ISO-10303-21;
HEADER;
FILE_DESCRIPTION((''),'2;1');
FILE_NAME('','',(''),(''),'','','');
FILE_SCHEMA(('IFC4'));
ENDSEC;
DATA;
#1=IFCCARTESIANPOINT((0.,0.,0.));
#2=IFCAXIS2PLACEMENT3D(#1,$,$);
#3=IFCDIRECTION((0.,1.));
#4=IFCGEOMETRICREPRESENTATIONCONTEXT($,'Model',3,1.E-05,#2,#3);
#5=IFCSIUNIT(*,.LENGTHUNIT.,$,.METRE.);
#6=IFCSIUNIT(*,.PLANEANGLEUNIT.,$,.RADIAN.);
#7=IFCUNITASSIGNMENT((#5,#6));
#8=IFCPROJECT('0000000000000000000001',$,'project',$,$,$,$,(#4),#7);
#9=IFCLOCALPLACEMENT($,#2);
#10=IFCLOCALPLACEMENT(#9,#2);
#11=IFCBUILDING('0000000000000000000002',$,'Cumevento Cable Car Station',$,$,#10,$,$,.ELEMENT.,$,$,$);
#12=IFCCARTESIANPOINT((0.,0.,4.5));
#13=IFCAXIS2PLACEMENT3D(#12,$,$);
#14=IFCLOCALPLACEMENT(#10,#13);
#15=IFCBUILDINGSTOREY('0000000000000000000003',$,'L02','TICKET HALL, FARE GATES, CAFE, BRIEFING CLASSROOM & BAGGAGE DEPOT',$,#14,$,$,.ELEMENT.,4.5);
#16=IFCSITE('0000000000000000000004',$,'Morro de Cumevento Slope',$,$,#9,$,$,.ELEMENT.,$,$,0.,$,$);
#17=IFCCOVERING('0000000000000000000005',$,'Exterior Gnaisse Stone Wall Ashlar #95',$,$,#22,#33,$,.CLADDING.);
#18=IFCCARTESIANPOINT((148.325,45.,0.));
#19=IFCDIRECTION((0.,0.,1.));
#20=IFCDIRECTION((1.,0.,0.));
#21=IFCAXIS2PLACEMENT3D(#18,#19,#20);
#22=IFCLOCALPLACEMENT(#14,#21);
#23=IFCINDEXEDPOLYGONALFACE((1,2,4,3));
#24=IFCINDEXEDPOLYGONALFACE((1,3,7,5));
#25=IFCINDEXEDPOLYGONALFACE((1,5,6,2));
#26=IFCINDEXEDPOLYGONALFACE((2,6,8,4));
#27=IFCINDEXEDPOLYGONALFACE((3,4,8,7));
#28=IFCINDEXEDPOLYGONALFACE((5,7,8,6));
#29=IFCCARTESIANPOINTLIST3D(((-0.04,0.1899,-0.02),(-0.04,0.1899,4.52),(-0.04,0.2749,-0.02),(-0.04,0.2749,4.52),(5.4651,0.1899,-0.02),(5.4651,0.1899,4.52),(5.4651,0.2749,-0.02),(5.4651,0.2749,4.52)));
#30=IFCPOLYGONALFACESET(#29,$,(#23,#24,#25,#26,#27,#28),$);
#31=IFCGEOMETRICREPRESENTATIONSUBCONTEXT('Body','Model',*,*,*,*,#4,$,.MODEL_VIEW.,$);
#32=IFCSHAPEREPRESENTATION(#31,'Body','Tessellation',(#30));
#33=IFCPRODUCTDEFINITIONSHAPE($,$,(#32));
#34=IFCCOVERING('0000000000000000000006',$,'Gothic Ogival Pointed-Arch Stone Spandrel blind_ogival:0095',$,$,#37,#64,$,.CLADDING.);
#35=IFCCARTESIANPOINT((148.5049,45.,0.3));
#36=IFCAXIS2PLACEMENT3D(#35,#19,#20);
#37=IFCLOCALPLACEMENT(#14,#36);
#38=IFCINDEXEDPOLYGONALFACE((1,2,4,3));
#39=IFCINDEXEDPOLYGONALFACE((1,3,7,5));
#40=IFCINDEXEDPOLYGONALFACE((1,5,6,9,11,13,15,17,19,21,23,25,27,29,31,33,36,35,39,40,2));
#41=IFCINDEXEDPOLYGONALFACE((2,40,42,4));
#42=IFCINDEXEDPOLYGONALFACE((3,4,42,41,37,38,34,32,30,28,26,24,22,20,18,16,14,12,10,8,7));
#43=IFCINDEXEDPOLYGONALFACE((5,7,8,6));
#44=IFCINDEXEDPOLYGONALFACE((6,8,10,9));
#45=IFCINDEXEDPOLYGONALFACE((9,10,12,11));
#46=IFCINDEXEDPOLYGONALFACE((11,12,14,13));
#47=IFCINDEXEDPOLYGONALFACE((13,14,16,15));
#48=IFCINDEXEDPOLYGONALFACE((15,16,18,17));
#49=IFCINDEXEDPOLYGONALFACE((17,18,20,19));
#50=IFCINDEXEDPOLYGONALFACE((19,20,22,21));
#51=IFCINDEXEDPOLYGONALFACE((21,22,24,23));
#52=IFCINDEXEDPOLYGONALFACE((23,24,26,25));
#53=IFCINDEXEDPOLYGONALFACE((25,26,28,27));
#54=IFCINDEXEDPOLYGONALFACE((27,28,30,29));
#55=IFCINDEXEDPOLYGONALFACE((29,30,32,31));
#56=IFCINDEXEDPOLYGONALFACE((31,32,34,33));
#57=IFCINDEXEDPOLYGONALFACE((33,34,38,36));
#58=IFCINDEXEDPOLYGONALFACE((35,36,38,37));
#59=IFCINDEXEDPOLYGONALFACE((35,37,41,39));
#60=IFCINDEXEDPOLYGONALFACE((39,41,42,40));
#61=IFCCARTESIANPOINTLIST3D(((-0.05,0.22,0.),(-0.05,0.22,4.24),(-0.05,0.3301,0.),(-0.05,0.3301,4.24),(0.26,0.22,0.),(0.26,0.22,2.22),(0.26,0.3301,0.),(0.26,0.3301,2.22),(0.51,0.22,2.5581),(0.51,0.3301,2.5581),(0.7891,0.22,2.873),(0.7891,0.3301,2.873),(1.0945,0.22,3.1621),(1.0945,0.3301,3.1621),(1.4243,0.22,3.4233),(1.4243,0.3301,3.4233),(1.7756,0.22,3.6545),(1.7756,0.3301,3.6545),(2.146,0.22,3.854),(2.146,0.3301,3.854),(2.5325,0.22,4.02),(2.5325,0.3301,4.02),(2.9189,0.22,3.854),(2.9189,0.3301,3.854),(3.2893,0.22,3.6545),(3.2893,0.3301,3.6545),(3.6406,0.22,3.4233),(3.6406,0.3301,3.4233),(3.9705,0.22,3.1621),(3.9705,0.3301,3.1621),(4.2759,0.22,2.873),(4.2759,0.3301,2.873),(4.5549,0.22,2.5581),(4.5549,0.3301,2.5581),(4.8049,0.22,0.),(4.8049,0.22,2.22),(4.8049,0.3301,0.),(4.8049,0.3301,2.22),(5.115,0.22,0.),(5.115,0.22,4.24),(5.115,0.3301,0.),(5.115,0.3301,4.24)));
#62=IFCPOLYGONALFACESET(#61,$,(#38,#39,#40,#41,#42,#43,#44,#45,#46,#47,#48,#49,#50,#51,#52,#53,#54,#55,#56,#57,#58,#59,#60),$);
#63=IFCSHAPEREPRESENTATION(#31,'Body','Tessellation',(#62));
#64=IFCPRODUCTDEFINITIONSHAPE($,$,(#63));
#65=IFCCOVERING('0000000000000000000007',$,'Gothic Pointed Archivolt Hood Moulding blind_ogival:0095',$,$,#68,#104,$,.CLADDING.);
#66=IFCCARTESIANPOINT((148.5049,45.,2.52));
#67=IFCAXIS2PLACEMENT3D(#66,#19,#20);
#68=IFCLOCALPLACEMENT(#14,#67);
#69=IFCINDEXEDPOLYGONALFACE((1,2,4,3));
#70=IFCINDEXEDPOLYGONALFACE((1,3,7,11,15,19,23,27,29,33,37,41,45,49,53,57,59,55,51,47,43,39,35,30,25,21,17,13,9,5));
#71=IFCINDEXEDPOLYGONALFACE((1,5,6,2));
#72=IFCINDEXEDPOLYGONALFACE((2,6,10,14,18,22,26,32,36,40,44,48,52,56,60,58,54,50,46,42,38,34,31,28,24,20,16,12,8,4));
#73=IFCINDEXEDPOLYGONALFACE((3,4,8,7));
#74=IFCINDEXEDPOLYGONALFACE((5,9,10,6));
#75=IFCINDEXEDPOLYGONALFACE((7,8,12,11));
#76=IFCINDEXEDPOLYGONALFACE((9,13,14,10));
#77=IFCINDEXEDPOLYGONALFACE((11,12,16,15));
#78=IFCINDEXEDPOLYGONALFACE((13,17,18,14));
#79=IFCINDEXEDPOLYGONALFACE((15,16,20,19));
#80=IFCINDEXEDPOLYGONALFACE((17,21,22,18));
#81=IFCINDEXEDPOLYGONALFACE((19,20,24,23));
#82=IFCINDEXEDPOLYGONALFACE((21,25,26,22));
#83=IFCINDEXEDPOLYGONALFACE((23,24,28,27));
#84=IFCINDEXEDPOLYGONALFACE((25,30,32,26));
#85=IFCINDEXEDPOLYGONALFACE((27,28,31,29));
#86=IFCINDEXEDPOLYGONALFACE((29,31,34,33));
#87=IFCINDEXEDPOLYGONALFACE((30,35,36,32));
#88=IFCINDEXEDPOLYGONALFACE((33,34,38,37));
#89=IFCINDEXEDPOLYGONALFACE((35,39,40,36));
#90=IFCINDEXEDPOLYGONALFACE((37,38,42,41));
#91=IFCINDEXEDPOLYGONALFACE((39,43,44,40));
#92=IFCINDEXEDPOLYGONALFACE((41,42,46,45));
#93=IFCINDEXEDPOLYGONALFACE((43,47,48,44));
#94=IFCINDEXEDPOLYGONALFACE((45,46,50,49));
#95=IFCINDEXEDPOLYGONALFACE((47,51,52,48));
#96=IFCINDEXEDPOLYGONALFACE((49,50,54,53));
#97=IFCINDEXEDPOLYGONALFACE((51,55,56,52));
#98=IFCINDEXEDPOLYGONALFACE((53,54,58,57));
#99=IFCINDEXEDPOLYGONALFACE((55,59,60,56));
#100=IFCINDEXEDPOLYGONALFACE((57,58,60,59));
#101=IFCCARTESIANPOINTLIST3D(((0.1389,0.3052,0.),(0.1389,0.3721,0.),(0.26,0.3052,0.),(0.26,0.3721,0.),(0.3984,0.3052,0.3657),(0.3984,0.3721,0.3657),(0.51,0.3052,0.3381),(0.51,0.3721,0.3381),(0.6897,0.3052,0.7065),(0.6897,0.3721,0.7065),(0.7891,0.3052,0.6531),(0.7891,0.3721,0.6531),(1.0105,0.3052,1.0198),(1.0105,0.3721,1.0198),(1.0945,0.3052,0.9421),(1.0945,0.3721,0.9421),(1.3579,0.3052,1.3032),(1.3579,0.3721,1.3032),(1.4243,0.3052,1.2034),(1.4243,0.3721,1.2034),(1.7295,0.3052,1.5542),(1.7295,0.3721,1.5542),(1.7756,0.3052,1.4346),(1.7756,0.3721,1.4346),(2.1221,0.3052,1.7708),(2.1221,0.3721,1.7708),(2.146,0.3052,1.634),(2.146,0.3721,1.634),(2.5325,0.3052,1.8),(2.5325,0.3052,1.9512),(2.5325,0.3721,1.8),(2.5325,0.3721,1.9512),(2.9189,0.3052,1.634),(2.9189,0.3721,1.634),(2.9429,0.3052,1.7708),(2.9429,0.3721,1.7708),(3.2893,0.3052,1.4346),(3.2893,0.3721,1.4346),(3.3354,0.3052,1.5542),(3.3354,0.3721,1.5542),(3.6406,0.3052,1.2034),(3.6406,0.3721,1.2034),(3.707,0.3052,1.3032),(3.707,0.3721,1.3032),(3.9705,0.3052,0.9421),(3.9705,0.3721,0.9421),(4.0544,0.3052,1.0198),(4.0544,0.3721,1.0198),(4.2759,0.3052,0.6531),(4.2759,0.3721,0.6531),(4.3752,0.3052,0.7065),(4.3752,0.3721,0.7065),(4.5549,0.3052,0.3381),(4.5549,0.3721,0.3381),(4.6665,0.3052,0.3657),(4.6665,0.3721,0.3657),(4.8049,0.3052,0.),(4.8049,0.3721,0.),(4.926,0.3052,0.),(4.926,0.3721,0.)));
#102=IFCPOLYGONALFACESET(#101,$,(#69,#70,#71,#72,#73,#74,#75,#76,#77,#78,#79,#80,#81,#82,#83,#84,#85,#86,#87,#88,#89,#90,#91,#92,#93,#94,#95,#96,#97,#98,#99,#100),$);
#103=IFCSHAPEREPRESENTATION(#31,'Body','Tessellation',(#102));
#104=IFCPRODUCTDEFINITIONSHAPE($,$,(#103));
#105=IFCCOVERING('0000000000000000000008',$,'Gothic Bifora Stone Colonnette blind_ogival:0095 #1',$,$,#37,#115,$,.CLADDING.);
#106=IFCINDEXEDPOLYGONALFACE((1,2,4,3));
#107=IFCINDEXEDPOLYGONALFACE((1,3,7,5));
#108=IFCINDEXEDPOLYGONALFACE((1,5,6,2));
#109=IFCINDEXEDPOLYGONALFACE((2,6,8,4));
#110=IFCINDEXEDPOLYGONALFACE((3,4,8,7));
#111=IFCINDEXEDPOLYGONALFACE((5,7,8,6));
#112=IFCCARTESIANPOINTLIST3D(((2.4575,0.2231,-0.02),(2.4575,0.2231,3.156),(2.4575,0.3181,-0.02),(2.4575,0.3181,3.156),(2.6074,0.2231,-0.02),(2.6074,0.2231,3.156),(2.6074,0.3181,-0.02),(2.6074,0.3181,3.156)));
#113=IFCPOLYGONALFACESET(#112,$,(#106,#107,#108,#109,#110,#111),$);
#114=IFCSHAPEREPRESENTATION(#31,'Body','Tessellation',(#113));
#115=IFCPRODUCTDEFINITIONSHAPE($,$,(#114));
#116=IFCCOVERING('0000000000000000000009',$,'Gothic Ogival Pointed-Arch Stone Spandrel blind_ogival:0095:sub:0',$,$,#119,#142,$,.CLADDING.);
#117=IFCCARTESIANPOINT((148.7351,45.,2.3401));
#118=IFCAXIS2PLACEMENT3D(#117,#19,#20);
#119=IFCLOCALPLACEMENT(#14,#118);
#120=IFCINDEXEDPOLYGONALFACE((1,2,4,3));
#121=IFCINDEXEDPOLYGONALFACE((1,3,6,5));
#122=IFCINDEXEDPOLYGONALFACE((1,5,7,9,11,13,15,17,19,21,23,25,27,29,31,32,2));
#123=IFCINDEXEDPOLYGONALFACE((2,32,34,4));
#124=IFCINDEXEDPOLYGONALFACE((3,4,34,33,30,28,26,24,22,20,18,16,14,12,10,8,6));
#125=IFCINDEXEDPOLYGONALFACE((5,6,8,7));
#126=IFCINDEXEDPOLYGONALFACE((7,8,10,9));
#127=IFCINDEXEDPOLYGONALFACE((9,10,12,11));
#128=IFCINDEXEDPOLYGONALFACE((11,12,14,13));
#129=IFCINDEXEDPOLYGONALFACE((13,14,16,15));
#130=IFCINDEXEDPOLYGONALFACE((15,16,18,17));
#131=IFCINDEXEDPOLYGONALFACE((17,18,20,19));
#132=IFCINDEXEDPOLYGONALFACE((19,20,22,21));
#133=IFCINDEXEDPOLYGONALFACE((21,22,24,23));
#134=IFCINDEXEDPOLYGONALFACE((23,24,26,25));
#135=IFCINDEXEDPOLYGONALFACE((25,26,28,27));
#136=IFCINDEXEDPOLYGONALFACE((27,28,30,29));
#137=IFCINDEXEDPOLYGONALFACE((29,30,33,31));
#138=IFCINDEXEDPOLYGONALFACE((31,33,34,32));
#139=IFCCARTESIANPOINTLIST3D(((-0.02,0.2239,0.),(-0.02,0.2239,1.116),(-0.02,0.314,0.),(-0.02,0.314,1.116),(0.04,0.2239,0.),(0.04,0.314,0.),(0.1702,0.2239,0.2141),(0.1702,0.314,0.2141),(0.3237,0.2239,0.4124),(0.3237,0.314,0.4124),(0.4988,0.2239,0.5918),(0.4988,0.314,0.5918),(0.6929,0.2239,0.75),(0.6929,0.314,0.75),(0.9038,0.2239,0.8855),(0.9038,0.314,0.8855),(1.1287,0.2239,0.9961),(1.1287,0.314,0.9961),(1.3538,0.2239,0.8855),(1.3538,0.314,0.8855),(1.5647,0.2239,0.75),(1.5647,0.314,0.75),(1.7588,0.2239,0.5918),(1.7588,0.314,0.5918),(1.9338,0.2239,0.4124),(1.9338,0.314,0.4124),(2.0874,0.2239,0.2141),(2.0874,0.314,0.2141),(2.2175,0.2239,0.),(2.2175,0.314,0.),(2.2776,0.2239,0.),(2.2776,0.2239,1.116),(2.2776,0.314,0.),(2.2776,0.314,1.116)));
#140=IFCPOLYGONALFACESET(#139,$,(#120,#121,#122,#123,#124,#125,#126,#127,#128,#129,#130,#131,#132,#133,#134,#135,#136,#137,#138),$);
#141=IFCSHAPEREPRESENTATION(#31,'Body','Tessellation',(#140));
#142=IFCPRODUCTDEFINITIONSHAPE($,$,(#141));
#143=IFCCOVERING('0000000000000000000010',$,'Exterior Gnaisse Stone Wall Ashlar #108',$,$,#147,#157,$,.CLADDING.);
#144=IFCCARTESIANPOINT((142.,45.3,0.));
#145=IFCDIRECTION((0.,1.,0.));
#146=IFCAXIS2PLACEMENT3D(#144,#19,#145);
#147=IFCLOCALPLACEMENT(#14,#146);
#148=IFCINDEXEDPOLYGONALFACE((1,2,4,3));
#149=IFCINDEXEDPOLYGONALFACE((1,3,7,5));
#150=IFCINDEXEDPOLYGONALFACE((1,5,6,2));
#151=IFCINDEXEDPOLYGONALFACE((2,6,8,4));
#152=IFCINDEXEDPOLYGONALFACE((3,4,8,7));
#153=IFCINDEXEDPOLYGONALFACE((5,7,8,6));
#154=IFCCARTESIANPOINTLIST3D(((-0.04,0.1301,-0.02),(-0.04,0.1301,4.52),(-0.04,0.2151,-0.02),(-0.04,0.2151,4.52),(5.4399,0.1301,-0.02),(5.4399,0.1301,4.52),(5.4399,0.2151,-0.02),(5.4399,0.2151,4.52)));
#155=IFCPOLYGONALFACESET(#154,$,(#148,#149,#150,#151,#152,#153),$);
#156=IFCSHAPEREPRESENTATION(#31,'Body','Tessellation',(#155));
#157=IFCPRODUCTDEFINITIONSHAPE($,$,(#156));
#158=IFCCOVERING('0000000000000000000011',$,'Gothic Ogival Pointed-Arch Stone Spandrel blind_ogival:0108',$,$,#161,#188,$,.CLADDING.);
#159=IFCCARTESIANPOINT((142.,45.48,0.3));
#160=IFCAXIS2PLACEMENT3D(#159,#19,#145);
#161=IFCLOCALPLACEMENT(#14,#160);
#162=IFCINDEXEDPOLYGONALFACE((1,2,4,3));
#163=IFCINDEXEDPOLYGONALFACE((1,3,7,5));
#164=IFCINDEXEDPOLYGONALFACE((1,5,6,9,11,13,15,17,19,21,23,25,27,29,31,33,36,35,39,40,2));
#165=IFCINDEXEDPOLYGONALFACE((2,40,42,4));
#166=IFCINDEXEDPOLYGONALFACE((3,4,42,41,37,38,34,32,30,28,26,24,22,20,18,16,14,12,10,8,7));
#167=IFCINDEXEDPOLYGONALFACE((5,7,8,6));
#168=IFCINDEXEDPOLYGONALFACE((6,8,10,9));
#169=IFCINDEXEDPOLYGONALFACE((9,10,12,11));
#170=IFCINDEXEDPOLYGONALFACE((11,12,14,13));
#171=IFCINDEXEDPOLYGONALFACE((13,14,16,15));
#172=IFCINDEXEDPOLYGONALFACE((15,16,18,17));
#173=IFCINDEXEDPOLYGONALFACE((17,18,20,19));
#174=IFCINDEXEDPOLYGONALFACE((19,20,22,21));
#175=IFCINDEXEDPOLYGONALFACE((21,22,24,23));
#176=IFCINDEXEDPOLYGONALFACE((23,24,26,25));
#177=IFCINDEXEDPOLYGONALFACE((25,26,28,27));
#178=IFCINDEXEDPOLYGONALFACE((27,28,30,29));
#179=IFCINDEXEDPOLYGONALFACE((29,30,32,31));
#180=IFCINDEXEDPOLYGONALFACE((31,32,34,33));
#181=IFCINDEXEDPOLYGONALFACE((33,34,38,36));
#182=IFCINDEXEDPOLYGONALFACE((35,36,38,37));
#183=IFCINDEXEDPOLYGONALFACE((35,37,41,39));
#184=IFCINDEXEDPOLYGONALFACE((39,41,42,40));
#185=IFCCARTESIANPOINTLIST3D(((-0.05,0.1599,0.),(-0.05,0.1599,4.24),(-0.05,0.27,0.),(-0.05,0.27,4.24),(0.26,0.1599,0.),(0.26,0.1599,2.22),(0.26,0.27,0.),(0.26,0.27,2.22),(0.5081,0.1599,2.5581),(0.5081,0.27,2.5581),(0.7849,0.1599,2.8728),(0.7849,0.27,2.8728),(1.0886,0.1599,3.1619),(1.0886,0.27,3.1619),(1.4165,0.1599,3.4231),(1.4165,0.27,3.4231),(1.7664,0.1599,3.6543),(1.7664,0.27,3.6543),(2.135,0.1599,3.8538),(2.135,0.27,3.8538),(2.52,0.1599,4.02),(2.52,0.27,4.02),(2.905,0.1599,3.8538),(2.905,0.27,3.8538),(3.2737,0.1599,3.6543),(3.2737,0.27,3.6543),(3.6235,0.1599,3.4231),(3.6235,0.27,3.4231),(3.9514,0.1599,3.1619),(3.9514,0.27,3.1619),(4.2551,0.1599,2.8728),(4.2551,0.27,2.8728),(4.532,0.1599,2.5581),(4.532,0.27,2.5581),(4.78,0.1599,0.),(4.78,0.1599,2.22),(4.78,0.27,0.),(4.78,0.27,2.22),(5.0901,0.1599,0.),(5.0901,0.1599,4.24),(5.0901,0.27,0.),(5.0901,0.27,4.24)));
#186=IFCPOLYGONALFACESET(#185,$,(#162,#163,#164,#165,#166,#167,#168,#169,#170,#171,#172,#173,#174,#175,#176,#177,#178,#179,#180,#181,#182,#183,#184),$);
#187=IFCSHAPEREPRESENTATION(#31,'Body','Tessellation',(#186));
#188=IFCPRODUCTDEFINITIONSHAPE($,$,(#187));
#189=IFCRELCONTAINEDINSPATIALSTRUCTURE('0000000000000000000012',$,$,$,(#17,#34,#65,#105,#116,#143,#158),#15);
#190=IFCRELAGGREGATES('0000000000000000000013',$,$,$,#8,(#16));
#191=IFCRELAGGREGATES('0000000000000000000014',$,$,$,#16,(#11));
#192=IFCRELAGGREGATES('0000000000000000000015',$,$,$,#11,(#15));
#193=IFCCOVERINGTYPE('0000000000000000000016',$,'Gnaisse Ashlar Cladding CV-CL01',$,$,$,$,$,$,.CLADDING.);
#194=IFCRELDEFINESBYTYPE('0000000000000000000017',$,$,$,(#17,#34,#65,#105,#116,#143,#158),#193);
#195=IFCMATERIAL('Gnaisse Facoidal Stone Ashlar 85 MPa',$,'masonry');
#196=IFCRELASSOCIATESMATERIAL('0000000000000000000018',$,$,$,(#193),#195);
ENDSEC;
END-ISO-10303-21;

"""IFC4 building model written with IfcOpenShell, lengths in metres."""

from ifc_helpers import new_model, si_unit, direction, frame, origin, place, context, subcontext, project, spatial, polyline, outline, extrude, material, type_object, element, save


model = new_model("IFC4")

# Units and contexts
model_context = context("Model", 3, precision=1e-05, world=origin(), true_north=direction((0.0, 1.0)))
body_context = subcontext(model_context, "Body", "Model", "MODEL_VIEW")
ifc_project = project(units=[si_unit("LENGTHUNIT", "METRE"), si_unit("PLANEANGLEUNIT", "RADIAN")], contexts=[model_context])

# Site, building, storey
site_placement = place(None, origin())
site = spatial("IfcSite", under=ifc_project, at=site_placement, Name="Morro de Cumevento Slope", CompositionType="ELEMENT", RefElevation=0.0)
building_placement = place(site_placement, origin())
building = spatial("IfcBuilding", under=site, at=building_placement, Name="Cumevento Cable Car Station", CompositionType="ELEMENT")
storey_placement = place(building_placement, frame((0.0, 0.0, 4.5)))
storey = spatial("IfcBuildingStorey", under=building, at=storey_placement, Name="L02", Description="TICKET HALL, FARE GATES, CAFE, BRIEFING CLASSROOM & BAGGAGE DEPOT", CompositionType="ELEMENT", Elevation=4.5)

# Coverings
ifc_material_1 = material(Name="Gnaisse Facoidal Stone Ashlar 85 MPa", Category="masonry")
covering_type = type_object("IfcCoveringType", Name="Gnaisse Ashlar Cladding CV-CL01", PredefinedType="CLADDING", material=ifc_material_1)
covering_1_placement = place(storey_placement, frame((148.325, 45.0, 0.0), z_axis=(0.0, 0.0, 1.0), x_axis=(1.0, 0.0, 0.0)))
element("IfcCovering", 1, at=covering_1_placement, inside=storey, type_object=covering_type, Name="Exterior Gnaisse Stone Wall Ashlar #95", PredefinedType="CLADDING", context=body_context, shape_type="SweptSolid", body=[
    extrude(outline(polyline([(-0.04, -0.02), (5.4651, -0.02), (5.4651, 4.52), (-0.04, 4.52), (-0.04, -0.02)])), frame((0.0, 0.2749, 0.0), z_axis=(0.0, -1.0, 0.0), x_axis=(1.0, 0.0, 0.0)), (0.0, 0.0, 1.0), 0.085),
])
placement_1 = place(storey_placement, frame((148.5049, 45.0, 0.3), z_axis=(0.0, 0.0, 1.0), x_axis=(1.0, 0.0, 0.0)))
element("IfcCovering", 2, at=placement_1, inside=storey, type_object=covering_type, Name="Gothic Ogival Pointed-Arch Stone Spandrel blind_ogival:0095", PredefinedType="CLADDING", context=body_context, shape_type="SweptSolid", body=[
    extrude(outline(polyline([(-0.05, 0.0), (-0.05, 4.24), (5.115, 4.24), (5.115, 0.0), (4.8049, 0.0), (4.8049, 2.22), (4.5549, 2.5581), (4.2759, 2.873), (3.9705, 3.1621), (3.6406, 3.4233), (3.2893, 3.6545), (2.9189, 3.854), (2.5325, 4.02), (2.146, 3.854), (1.7756, 3.6545), (1.4243, 3.4233), (1.0945, 3.1621), (0.7891, 2.873), (0.51, 2.5581), (0.26, 2.22), (0.26, 0.0), (-0.05, 0.0)])), frame((0.0, 0.3301, 0.0), z_axis=(0.0, -1.0, 0.0), x_axis=(1.0, 0.0, 0.0)), (0.0, 0.0, 1.0), 0.1101),
])
covering_2_placement = place(storey_placement, frame((148.5049, 45.0, 2.52), z_axis=(0.0, 0.0, 1.0), x_axis=(1.0, 0.0, 0.0)))
element("IfcCovering", 3, at=covering_2_placement, inside=storey, type_object=covering_type, Name="Gothic Pointed Archivolt Hood Moulding blind_ogival:0095", PredefinedType="CLADDING", context=body_context, shape_type="SweptSolid", body=[
    extrude(outline(polyline([(0.26, 0.0), (0.51, 0.3381), (0.7891, 0.6531), (1.0945, 0.9421), (1.4243, 1.2034), (1.7756, 1.4346), (2.146, 1.634), (2.5325, 1.8), (2.9189, 1.634), (3.2893, 1.4346), (3.6406, 1.2034), (3.9705, 0.9421), (4.2759, 0.6531), (4.5549, 0.3381), (4.8049, 0.0), (4.926, 0.0), (4.6665, 0.3657), (4.3752, 0.7065), (4.0544, 1.0198), (3.707, 1.3032), (3.3354, 1.5542), (2.9429, 1.7708), (2.5325, 1.9512), (2.1221, 1.7708), (1.7295, 1.5542), (1.3579, 1.3032), (1.0105, 1.0198), (0.6897, 0.7065), (0.3984, 0.3657), (0.1389, 0.0), (0.26, 0.0)])), frame((0.0, 0.3721, 0.0), z_axis=(0.0, -1.0, 0.0), x_axis=(1.0, 0.0, 0.0)), (0.0, 0.0, 1.0), 0.0669),
])
element("IfcCovering", 4, at=placement_1, inside=storey, type_object=covering_type, Name="Gothic Bifora Stone Colonnette blind_ogival:0095 #1", PredefinedType="CLADDING", context=body_context, shape_type="SweptSolid", body=[
    extrude(outline(polyline([(2.4575, -0.02), (2.6074, -0.02), (2.6074, 3.156), (2.4575, 3.156), (2.4575, -0.02)])), frame((0.0, 0.3181, 0.0), z_axis=(0.0, -1.0, 0.0), x_axis=(1.0, 0.0, 0.0)), (0.0, 0.0, 1.0), 0.095),
])
covering_3_placement = place(storey_placement, frame((148.7351, 45.0, 2.3401), z_axis=(0.0, 0.0, 1.0), x_axis=(1.0, 0.0, 0.0)))
element("IfcCovering", 5, at=covering_3_placement, inside=storey, type_object=covering_type, Name="Gothic Ogival Pointed-Arch Stone Spandrel blind_ogival:0095:sub:0", PredefinedType="CLADDING", context=body_context, shape_type="SweptSolid", body=[
    extrude(outline(polyline([(-0.02, 0.0), (-0.02, 1.116), (2.2776, 1.116), (2.2776, 0.0), (2.2175, 0.0), (2.0874, 0.2141), (1.9338, 0.4124), (1.7588, 0.5918), (1.5647, 0.75), (1.3538, 0.8855), (1.1287, 0.9961), (0.9038, 0.8855), (0.6929, 0.75), (0.4988, 0.5918), (0.3237, 0.4124), (0.1702, 0.2141), (0.04, 0.0), (-0.02, 0.0)])), frame((0.0, 0.314, 0.0), z_axis=(0.0, -1.0, 0.0), x_axis=(1.0, 0.0, 0.0)), (0.0, 0.0, 1.0), 0.0901),
])
covering_4_placement = place(storey_placement, frame((142.0, 45.3, 0.0), z_axis=(0.0, 0.0, 1.0), x_axis=(0.0, 1.0, 0.0)))
element("IfcCovering", 6, at=covering_4_placement, inside=storey, type_object=covering_type, Name="Exterior Gnaisse Stone Wall Ashlar #108", PredefinedType="CLADDING", context=body_context, shape_type="SweptSolid", body=[
    extrude(outline(polyline([(-0.04, -0.02), (5.4399, -0.02), (5.4399, 4.52), (-0.04, 4.52), (-0.04, -0.02)])), frame((0.0, 0.2151, 0.0), z_axis=(0.0, -1.0, 0.0), x_axis=(1.0, 0.0, 0.0)), (0.0, 0.0, 1.0), 0.085),
])
placement_2 = place(storey_placement, frame((142.0, 45.48, 0.3), z_axis=(0.0, 0.0, 1.0), x_axis=(0.0, 1.0, 0.0)))
element("IfcCovering", 7, at=placement_2, inside=storey, type_object=covering_type, Name="Gothic Ogival Pointed-Arch Stone Spandrel blind_ogival:0108", PredefinedType="CLADDING", context=body_context, shape_type="SweptSolid", body=[
    extrude(outline(polyline([(-0.05, 0.0), (-0.05, 4.24), (5.0901, 4.24), (5.0901, 0.0), (4.78, 0.0), (4.78, 2.22), (4.532, 2.5581), (4.2551, 2.8728), (3.9514, 3.1619), (3.6235, 3.4231), (3.2737, 3.6543), (2.905, 3.8538), (2.52, 4.02), (2.135, 3.8538), (1.7664, 3.6543), (1.4165, 3.4231), (1.0886, 3.1619), (0.7849, 2.8728), (0.5081, 2.5581), (0.26, 2.22), (0.26, 0.0), (-0.05, 0.0)])), frame((0.0, 0.27, 0.0), z_axis=(0.0, -1.0, 0.0), x_axis=(1.0, 0.0, 0.0)), (0.0, 0.0, 1.0), 0.1101),
])

save(model, "model.ifc")
